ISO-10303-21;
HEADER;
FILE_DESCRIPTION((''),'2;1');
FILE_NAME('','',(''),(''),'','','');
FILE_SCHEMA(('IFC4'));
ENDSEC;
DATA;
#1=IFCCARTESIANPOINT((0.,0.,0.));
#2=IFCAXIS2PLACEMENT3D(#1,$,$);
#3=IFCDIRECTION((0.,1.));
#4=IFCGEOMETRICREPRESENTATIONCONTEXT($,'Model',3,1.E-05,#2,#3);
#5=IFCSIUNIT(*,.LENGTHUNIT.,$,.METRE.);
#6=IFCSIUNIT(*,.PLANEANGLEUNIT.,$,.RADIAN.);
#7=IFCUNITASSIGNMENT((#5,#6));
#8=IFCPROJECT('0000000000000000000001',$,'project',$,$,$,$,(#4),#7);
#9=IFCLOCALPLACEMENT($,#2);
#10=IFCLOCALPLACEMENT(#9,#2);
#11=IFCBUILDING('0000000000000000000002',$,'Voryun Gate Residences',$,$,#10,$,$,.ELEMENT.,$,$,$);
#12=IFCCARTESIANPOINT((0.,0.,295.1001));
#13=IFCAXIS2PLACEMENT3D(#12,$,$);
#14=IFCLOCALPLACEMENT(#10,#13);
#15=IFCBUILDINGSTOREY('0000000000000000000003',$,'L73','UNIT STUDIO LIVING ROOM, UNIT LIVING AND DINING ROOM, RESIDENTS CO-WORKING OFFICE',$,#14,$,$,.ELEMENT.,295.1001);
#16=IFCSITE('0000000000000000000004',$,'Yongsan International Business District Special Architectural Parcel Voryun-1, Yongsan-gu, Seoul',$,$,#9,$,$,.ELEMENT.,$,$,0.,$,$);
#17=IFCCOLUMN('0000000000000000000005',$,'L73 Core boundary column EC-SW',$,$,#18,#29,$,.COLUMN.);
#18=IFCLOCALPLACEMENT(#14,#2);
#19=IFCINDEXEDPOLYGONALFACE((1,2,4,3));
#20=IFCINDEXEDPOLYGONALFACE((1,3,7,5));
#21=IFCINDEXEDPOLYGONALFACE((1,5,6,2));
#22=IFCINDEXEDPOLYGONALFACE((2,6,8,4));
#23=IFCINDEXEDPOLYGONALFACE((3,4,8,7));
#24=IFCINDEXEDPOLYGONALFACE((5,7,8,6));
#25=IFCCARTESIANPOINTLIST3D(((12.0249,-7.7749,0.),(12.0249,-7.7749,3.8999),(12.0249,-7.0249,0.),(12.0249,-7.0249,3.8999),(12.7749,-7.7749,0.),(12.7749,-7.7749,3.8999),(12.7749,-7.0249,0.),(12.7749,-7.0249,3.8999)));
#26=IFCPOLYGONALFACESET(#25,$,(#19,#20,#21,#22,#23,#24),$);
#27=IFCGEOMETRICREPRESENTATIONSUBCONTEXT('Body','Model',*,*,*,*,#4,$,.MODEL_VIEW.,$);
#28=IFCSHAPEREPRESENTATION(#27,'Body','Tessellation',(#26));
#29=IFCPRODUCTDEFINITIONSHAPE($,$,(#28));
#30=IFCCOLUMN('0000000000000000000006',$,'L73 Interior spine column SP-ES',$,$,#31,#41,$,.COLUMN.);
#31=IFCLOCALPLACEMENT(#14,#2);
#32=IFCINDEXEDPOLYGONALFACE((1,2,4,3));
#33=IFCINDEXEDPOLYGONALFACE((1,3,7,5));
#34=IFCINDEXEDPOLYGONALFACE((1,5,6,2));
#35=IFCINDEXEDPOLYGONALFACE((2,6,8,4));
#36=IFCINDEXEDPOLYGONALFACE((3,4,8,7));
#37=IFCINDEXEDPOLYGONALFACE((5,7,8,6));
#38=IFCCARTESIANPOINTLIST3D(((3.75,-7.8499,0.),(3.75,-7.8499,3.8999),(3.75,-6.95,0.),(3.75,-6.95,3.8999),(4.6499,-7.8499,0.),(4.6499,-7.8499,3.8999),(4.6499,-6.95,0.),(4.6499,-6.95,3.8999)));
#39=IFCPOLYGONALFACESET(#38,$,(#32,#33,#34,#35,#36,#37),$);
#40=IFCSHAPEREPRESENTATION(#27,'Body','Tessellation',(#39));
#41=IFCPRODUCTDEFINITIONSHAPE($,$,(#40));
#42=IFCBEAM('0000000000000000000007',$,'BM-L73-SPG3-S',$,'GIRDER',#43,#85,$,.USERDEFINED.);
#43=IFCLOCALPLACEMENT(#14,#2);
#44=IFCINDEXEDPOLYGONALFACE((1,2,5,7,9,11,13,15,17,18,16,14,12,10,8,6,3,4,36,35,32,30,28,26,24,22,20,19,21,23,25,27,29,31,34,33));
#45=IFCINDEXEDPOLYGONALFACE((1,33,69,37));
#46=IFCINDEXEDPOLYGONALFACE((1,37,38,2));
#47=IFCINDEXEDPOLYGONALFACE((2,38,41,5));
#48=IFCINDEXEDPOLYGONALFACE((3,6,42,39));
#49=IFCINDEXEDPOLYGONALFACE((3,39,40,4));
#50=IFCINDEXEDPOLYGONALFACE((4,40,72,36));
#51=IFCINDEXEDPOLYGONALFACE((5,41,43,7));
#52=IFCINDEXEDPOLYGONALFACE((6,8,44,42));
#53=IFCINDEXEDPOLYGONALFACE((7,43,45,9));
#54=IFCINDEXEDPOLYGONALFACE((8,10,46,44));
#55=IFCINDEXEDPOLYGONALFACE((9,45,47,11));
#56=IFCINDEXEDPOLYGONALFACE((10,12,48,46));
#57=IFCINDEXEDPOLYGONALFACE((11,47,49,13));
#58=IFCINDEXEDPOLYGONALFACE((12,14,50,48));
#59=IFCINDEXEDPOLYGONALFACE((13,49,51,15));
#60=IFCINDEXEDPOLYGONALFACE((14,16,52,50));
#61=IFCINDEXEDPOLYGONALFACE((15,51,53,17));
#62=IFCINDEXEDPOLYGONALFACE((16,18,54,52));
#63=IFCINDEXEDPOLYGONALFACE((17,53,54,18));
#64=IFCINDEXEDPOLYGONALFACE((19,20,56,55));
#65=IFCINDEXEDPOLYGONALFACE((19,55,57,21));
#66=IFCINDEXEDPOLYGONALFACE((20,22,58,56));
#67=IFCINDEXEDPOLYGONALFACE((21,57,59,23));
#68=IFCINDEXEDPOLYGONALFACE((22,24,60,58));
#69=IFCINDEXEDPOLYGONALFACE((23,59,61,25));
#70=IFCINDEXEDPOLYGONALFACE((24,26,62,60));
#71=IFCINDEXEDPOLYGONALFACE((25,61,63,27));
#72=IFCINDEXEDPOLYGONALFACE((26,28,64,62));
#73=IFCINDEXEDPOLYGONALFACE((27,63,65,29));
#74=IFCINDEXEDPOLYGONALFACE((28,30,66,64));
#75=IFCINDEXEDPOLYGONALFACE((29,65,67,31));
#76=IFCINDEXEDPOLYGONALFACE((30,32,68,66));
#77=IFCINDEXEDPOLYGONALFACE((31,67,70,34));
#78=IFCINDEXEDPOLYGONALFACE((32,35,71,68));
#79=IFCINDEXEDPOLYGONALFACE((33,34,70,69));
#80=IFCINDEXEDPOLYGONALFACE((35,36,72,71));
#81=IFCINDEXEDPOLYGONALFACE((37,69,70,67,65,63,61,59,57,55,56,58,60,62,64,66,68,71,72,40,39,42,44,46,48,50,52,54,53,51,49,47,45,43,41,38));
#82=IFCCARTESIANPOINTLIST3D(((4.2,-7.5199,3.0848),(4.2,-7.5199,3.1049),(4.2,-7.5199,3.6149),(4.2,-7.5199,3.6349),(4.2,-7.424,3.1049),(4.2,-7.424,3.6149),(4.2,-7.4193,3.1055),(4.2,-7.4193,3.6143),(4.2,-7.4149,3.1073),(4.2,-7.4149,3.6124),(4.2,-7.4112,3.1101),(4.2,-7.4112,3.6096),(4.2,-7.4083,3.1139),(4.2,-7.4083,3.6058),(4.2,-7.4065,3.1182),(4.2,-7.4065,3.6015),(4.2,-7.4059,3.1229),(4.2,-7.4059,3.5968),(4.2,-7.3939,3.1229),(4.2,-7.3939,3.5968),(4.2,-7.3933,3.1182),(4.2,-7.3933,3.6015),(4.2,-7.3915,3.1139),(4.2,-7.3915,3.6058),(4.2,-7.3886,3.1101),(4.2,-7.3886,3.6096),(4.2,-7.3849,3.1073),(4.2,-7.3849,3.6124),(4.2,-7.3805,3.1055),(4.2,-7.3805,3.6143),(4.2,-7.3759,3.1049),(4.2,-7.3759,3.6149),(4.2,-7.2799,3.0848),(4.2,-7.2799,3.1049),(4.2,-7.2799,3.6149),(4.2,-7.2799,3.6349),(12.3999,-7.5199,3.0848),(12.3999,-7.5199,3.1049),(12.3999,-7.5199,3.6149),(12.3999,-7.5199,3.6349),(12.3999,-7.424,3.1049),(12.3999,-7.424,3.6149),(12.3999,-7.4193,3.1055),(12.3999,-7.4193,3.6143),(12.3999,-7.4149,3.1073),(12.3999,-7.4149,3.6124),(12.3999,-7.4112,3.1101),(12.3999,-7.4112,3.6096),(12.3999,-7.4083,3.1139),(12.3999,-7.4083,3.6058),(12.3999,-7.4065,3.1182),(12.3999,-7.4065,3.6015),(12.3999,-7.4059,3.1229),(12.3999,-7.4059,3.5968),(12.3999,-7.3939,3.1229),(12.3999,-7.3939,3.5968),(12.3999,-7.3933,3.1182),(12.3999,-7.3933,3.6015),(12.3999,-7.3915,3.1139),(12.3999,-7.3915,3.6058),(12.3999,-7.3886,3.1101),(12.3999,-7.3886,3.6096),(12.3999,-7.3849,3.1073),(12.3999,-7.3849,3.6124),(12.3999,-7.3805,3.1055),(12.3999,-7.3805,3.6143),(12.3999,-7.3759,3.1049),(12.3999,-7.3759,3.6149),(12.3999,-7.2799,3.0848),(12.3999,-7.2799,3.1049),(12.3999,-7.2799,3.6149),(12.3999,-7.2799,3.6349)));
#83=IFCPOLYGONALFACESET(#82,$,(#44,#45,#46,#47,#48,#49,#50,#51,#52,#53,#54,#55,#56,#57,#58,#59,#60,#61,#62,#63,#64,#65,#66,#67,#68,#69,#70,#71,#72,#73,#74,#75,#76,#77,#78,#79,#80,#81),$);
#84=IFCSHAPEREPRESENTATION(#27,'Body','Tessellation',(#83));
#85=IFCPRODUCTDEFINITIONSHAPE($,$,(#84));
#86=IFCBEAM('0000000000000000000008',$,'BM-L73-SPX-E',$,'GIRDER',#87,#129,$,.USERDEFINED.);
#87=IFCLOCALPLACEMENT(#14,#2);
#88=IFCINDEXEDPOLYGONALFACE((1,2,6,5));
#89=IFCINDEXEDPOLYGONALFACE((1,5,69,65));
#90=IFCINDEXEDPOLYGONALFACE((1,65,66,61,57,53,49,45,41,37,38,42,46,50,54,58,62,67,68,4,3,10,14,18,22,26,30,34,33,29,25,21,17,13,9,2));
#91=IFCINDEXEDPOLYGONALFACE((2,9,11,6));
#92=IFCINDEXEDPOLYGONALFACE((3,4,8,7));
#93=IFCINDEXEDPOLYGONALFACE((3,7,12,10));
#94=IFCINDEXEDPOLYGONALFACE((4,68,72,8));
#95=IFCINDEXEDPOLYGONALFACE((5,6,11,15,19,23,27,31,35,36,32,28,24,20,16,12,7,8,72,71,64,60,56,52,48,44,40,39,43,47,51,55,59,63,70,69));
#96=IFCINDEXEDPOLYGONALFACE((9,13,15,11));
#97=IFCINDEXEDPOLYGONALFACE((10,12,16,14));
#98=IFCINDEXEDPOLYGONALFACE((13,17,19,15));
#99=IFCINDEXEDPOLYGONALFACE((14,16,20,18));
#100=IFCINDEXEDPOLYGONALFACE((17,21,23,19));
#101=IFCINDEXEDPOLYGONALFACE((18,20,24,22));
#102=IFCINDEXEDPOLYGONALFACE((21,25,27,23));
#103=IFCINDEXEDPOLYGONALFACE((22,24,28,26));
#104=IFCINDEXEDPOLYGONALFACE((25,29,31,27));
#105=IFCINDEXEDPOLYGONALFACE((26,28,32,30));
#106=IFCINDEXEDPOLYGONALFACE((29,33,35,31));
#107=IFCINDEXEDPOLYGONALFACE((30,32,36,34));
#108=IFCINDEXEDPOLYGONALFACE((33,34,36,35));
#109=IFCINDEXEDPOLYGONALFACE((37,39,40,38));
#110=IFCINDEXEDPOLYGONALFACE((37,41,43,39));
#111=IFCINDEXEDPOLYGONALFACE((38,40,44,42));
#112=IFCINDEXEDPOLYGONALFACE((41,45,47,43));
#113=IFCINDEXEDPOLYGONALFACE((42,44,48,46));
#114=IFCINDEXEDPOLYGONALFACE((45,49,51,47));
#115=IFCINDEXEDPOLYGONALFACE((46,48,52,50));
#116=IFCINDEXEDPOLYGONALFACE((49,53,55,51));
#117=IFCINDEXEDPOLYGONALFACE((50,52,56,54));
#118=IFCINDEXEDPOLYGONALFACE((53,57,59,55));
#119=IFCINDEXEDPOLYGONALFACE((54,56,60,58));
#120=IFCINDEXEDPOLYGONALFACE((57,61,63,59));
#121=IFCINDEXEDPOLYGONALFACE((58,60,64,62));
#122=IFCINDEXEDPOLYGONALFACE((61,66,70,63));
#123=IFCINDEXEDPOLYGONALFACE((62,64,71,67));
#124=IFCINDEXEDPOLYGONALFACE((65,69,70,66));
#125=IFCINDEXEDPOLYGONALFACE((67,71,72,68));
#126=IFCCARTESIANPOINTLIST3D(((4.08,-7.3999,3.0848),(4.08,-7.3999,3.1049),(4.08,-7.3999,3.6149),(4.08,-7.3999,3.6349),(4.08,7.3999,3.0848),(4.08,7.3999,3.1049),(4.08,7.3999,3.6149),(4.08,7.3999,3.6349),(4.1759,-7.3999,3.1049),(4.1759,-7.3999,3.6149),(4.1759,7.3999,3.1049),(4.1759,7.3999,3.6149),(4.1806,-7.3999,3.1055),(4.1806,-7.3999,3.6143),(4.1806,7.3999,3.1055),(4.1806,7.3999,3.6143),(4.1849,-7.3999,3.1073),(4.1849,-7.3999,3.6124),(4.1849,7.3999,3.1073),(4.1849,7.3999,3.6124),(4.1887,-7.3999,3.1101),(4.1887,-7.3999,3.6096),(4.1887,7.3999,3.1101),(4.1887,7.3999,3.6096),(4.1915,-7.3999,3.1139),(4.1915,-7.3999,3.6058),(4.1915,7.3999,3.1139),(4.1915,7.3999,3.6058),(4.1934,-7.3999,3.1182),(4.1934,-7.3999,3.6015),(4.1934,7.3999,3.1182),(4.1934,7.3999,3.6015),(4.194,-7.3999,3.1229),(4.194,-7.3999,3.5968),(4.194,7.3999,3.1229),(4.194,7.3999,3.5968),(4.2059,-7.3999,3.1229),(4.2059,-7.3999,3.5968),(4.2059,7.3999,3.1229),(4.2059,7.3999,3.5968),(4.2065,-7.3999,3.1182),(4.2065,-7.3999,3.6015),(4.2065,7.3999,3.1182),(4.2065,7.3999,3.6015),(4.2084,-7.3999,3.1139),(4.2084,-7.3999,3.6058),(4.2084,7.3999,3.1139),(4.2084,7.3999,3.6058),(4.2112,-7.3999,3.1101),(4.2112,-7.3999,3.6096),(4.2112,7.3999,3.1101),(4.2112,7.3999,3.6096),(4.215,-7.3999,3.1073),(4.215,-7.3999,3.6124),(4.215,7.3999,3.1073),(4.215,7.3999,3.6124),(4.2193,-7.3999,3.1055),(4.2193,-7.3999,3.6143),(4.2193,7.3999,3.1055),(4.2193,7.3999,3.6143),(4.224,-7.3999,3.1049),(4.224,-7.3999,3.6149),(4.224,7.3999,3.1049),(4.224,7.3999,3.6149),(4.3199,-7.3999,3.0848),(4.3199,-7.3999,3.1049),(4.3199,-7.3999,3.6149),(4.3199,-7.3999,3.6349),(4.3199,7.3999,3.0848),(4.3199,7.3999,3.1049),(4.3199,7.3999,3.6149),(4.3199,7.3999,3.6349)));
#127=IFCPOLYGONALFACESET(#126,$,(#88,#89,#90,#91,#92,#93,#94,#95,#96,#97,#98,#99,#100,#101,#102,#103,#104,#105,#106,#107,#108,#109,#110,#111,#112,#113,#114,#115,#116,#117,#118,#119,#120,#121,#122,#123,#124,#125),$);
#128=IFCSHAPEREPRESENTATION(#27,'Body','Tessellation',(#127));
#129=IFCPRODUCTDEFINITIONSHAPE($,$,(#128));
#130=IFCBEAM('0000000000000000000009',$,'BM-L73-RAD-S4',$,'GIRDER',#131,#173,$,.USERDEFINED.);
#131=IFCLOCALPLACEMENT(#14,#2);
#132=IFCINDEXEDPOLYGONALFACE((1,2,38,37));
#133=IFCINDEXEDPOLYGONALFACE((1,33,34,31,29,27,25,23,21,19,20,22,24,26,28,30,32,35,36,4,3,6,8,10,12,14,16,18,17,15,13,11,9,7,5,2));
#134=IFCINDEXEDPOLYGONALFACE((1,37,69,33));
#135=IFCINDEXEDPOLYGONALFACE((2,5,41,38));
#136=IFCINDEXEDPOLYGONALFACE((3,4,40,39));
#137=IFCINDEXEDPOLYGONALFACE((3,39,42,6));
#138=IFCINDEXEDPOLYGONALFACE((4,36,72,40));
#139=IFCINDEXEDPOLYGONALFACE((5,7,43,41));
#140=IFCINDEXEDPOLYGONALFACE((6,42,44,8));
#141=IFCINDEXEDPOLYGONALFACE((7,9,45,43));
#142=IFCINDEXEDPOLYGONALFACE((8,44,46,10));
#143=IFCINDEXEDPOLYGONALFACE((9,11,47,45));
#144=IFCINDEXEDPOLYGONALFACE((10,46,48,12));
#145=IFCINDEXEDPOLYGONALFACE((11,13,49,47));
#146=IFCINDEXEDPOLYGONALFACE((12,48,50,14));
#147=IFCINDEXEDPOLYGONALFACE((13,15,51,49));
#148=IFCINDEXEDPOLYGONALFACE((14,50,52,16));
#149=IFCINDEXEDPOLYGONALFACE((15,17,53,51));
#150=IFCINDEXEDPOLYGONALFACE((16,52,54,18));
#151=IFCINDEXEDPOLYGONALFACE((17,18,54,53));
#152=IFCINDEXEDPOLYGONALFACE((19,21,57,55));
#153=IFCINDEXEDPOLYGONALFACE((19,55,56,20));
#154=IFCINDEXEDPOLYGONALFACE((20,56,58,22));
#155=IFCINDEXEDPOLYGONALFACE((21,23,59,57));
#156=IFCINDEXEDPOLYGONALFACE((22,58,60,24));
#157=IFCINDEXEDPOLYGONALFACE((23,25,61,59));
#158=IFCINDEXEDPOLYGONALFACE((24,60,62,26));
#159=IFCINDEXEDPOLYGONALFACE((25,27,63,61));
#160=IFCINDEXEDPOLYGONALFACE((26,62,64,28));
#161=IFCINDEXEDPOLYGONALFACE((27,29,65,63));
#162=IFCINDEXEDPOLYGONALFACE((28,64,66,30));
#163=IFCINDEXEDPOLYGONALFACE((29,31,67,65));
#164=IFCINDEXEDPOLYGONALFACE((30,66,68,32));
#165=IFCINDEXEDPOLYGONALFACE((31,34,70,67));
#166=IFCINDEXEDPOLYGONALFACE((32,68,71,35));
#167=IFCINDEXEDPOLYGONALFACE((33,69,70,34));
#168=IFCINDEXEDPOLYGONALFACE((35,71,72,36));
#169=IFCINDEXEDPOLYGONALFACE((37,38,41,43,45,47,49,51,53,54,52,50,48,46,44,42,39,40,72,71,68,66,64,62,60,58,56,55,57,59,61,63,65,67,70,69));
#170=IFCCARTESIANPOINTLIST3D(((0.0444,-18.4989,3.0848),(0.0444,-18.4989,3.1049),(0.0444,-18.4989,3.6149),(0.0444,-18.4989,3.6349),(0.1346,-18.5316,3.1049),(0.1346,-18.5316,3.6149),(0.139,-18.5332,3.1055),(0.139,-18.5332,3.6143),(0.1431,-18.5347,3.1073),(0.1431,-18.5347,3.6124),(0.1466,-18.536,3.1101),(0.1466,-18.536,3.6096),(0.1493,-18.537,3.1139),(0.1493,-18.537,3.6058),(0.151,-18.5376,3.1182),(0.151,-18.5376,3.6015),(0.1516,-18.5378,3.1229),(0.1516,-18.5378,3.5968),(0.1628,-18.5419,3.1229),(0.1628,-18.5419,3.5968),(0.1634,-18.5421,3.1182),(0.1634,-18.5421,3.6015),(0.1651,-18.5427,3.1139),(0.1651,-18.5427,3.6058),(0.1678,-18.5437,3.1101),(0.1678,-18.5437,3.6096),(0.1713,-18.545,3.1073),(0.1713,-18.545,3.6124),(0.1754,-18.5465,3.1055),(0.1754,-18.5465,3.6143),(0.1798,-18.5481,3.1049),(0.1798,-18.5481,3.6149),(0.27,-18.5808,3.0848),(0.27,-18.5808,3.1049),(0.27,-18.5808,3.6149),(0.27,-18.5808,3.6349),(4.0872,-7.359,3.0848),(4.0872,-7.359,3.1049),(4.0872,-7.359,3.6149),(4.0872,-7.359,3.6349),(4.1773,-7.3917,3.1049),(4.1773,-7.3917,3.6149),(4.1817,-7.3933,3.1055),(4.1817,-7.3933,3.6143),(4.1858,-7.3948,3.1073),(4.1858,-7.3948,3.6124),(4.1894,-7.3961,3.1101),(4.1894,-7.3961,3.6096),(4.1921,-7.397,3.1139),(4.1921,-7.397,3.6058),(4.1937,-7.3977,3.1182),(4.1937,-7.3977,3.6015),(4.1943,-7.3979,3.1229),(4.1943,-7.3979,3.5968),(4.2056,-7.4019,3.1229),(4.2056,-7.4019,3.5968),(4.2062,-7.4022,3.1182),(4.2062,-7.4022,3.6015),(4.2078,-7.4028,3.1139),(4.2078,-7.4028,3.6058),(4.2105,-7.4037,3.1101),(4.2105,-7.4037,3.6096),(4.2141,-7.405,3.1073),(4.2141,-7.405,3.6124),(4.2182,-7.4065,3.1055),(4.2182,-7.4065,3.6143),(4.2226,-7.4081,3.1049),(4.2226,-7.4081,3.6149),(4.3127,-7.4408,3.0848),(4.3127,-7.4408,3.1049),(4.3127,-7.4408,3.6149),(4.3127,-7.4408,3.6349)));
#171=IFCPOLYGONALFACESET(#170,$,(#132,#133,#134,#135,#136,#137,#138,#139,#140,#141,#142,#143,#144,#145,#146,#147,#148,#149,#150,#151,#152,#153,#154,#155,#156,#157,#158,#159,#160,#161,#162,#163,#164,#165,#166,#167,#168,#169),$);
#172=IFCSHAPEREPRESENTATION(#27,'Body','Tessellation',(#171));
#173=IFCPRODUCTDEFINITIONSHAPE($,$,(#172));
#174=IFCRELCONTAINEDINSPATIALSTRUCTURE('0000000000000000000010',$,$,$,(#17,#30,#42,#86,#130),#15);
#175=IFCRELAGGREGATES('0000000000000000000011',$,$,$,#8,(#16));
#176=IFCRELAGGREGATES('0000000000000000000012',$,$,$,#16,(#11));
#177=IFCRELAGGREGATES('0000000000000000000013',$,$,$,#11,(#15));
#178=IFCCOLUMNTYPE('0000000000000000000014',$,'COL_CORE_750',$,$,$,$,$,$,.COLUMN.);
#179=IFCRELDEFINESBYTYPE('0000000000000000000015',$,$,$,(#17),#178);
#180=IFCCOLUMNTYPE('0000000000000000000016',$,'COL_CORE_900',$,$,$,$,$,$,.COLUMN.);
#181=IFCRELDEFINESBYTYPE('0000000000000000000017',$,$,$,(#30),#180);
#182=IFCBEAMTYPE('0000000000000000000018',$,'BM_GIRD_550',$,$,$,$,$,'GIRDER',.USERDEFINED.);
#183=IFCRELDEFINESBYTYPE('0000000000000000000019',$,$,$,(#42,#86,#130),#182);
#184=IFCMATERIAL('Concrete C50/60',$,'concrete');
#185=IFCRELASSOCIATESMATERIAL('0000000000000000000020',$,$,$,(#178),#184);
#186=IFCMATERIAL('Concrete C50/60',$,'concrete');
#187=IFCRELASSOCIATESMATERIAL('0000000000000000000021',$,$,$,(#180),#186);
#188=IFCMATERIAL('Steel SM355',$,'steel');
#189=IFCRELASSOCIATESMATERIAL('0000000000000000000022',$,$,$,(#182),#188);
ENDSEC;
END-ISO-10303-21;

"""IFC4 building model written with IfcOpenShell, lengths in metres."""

from ifc_helpers import new_model, si_unit, direction, frame, origin, origin_2d, place, context, subcontext, project, spatial, rectangle, i_section, extrude, material, material_profile, profile_set, type_object, element, save


model = new_model("IFC4")

# Units and contexts
model_context = context("Model", 3, precision=1e-05, world=origin(), true_north=direction((0.0, 1.0)))
body_context = subcontext(model_context, "Body", "Model", "MODEL_VIEW")
ifc_project = project(units=[si_unit("LENGTHUNIT", "METRE"), si_unit("PLANEANGLEUNIT", "RADIAN")], contexts=[model_context])

# Site, building, storey
site_placement = place(None, origin())
site = spatial("IfcSite", under=ifc_project, at=site_placement, Name="Yongsan International Business District Special Architectural Parcel Voryun-1, Yongsan-gu, Seoul", CompositionType="ELEMENT", RefElevation=0.0)
building_placement = place(site_placement, origin())
building = spatial("IfcBuilding", under=site, at=building_placement, Name="Voryun Gate Residences", CompositionType="ELEMENT")
storey_placement = place(building_placement, frame((0.0, 0.0, 295.1001)))
storey = spatial("IfcBuildingStorey", under=building, at=storey_placement, Name="L73", Description="UNIT STUDIO LIVING ROOM, UNIT LIVING AND DINING ROOM, RESIDENTS CO-WORKING OFFICE", CompositionType="ELEMENT", Elevation=295.1001)

# Columns
ifc_material_1 = material(Name="Concrete C50/60", Category="concrete")
ifc_material_profile_1 = material_profile(ifc_material_1, rectangle(XDim=0.75, YDim=0.75, at=origin_2d()), Name="RC-750x750")
ifc_profile_set_1 = profile_set([ifc_material_profile_1], Name="Concrete C50/60")
column_type_1 = type_object("IfcColumnType", Name="COL_CORE_750", PredefinedType="COLUMN", material=ifc_profile_set_1)
column_1_placement = place(storey_placement, frame((12.3999, -7.3999, 0.0), z_axis=(0.0, 0.0, 1.0), x_axis=(1.0, 0.0, 0.0)))
element("IfcColumn", 1, at=column_1_placement, inside=storey, type_object=column_type_1, Name="L73 Core boundary column EC-SW", PredefinedType="COLUMN", context=body_context, shape_type="SweptSolid", body=[
    extrude(rectangle(XDim=0.75, YDim=0.75, at=origin_2d()), origin(), (0.0, 0.0, 1.0), 3.8999),
])
ifc_material_2 = material(Name="Concrete C50/60", Category="concrete")
ifc_material_profile_2 = material_profile(ifc_material_2, rectangle(XDim=0.8999, YDim=0.8999, at=origin_2d()), Name="RC-900x900")
ifc_profile_set_2 = profile_set([ifc_material_profile_2], Name="Concrete C50/60")
column_type_2 = type_object("IfcColumnType", Name="COL_CORE_900", PredefinedType="COLUMN", material=ifc_profile_set_2)
column_2_placement = place(storey_placement, frame((4.2, -7.3999, 0.0), z_axis=(0.0, 0.0, 1.0), x_axis=(1.0, 0.0, 0.0)))
element("IfcColumn", 2, at=column_2_placement, inside=storey, type_object=column_type_2, Name="L73 Interior spine column SP-ES", PredefinedType="COLUMN", context=body_context, shape_type="SweptSolid", body=[
    extrude(rectangle(XDim=0.8999, YDim=0.8999, at=origin_2d()), origin(), (0.0, 0.0, 1.0), 3.8999),
])

# Beams
ifc_material_3 = material(Name="Steel SM355", Category="steel")
ifc_material_profile_3 = material_profile(ifc_material_3, i_section(OverallWidth=0.24, OverallDepth=0.55, WebThickness=0.012, FlangeThickness=0.02, FilletRadius=0.0181, at=origin_2d()), Name="H-550x240x12x20")
ifc_profile_set_3 = profile_set([ifc_material_profile_3], Name="Steel SM355")
beam_type_1 = type_object("IfcBeamType", Name="BM_GIRD_550", ElementType="GIRDER", PredefinedType="USERDEFINED", material=ifc_profile_set_3)
beam_1_placement = place(storey_placement, frame((4.2, -7.3999, 3.3599), z_axis=(1.0, 0.0, 0.0), x_axis=(0.0, 1.0, 0.0)))
element("IfcBeam", 3, at=beam_1_placement, inside=storey, type_object=beam_type_1, Name="BM-L73-SPG3-S", ObjectType="GIRDER", PredefinedType="USERDEFINED", context=body_context, shape_type="SweptSolid", body=[
    extrude(i_section(OverallWidth=0.24, OverallDepth=0.55, WebThickness=0.012, FlangeThickness=0.02, FilletRadius=0.0181, at=origin_2d()), origin(), (0.0, 0.0, 1.0), 8.2),
])
beam_2_placement = place(storey_placement, frame((4.2, -7.3999, 3.3599), z_axis=(0.0, 1.0, 0.0), x_axis=(-1.0, 0.0, 0.0)))
element("IfcBeam", 4, at=beam_2_placement, inside=storey, type_object=beam_type_1, Name="BM-L73-SPX-E", ObjectType="GIRDER", PredefinedType="USERDEFINED", context=body_context, shape_type="SweptSolid", body=[
    extrude(i_section(OverallWidth=0.24, OverallDepth=0.55, WebThickness=0.012, FlangeThickness=0.02, FilletRadius=0.0181, at=origin_2d()), origin(), (0.0, 0.0, 1.0), 14.7998),
])
beam_3_placement = place(storey_placement, frame((4.2, -7.3999, 3.3599), z_axis=(-0.341136, -0.940014, 0.0), x_axis=(0.940014, -0.341136, 0.0)))
element("IfcBeam", 5, at=beam_3_placement, inside=storey, type_object=beam_type_1, Name="BM-L73-RAD-S4", ObjectType="GIRDER", PredefinedType="USERDEFINED", context=body_context, shape_type="SweptSolid", body=[
    extrude(i_section(OverallWidth=0.24, OverallDepth=0.55, WebThickness=0.012, FlangeThickness=0.02, FilletRadius=0.0181, at=origin_2d()), origin(), (0.0, 0.0, 1.0), 11.8508),
])

save(model, "model.ifc")
